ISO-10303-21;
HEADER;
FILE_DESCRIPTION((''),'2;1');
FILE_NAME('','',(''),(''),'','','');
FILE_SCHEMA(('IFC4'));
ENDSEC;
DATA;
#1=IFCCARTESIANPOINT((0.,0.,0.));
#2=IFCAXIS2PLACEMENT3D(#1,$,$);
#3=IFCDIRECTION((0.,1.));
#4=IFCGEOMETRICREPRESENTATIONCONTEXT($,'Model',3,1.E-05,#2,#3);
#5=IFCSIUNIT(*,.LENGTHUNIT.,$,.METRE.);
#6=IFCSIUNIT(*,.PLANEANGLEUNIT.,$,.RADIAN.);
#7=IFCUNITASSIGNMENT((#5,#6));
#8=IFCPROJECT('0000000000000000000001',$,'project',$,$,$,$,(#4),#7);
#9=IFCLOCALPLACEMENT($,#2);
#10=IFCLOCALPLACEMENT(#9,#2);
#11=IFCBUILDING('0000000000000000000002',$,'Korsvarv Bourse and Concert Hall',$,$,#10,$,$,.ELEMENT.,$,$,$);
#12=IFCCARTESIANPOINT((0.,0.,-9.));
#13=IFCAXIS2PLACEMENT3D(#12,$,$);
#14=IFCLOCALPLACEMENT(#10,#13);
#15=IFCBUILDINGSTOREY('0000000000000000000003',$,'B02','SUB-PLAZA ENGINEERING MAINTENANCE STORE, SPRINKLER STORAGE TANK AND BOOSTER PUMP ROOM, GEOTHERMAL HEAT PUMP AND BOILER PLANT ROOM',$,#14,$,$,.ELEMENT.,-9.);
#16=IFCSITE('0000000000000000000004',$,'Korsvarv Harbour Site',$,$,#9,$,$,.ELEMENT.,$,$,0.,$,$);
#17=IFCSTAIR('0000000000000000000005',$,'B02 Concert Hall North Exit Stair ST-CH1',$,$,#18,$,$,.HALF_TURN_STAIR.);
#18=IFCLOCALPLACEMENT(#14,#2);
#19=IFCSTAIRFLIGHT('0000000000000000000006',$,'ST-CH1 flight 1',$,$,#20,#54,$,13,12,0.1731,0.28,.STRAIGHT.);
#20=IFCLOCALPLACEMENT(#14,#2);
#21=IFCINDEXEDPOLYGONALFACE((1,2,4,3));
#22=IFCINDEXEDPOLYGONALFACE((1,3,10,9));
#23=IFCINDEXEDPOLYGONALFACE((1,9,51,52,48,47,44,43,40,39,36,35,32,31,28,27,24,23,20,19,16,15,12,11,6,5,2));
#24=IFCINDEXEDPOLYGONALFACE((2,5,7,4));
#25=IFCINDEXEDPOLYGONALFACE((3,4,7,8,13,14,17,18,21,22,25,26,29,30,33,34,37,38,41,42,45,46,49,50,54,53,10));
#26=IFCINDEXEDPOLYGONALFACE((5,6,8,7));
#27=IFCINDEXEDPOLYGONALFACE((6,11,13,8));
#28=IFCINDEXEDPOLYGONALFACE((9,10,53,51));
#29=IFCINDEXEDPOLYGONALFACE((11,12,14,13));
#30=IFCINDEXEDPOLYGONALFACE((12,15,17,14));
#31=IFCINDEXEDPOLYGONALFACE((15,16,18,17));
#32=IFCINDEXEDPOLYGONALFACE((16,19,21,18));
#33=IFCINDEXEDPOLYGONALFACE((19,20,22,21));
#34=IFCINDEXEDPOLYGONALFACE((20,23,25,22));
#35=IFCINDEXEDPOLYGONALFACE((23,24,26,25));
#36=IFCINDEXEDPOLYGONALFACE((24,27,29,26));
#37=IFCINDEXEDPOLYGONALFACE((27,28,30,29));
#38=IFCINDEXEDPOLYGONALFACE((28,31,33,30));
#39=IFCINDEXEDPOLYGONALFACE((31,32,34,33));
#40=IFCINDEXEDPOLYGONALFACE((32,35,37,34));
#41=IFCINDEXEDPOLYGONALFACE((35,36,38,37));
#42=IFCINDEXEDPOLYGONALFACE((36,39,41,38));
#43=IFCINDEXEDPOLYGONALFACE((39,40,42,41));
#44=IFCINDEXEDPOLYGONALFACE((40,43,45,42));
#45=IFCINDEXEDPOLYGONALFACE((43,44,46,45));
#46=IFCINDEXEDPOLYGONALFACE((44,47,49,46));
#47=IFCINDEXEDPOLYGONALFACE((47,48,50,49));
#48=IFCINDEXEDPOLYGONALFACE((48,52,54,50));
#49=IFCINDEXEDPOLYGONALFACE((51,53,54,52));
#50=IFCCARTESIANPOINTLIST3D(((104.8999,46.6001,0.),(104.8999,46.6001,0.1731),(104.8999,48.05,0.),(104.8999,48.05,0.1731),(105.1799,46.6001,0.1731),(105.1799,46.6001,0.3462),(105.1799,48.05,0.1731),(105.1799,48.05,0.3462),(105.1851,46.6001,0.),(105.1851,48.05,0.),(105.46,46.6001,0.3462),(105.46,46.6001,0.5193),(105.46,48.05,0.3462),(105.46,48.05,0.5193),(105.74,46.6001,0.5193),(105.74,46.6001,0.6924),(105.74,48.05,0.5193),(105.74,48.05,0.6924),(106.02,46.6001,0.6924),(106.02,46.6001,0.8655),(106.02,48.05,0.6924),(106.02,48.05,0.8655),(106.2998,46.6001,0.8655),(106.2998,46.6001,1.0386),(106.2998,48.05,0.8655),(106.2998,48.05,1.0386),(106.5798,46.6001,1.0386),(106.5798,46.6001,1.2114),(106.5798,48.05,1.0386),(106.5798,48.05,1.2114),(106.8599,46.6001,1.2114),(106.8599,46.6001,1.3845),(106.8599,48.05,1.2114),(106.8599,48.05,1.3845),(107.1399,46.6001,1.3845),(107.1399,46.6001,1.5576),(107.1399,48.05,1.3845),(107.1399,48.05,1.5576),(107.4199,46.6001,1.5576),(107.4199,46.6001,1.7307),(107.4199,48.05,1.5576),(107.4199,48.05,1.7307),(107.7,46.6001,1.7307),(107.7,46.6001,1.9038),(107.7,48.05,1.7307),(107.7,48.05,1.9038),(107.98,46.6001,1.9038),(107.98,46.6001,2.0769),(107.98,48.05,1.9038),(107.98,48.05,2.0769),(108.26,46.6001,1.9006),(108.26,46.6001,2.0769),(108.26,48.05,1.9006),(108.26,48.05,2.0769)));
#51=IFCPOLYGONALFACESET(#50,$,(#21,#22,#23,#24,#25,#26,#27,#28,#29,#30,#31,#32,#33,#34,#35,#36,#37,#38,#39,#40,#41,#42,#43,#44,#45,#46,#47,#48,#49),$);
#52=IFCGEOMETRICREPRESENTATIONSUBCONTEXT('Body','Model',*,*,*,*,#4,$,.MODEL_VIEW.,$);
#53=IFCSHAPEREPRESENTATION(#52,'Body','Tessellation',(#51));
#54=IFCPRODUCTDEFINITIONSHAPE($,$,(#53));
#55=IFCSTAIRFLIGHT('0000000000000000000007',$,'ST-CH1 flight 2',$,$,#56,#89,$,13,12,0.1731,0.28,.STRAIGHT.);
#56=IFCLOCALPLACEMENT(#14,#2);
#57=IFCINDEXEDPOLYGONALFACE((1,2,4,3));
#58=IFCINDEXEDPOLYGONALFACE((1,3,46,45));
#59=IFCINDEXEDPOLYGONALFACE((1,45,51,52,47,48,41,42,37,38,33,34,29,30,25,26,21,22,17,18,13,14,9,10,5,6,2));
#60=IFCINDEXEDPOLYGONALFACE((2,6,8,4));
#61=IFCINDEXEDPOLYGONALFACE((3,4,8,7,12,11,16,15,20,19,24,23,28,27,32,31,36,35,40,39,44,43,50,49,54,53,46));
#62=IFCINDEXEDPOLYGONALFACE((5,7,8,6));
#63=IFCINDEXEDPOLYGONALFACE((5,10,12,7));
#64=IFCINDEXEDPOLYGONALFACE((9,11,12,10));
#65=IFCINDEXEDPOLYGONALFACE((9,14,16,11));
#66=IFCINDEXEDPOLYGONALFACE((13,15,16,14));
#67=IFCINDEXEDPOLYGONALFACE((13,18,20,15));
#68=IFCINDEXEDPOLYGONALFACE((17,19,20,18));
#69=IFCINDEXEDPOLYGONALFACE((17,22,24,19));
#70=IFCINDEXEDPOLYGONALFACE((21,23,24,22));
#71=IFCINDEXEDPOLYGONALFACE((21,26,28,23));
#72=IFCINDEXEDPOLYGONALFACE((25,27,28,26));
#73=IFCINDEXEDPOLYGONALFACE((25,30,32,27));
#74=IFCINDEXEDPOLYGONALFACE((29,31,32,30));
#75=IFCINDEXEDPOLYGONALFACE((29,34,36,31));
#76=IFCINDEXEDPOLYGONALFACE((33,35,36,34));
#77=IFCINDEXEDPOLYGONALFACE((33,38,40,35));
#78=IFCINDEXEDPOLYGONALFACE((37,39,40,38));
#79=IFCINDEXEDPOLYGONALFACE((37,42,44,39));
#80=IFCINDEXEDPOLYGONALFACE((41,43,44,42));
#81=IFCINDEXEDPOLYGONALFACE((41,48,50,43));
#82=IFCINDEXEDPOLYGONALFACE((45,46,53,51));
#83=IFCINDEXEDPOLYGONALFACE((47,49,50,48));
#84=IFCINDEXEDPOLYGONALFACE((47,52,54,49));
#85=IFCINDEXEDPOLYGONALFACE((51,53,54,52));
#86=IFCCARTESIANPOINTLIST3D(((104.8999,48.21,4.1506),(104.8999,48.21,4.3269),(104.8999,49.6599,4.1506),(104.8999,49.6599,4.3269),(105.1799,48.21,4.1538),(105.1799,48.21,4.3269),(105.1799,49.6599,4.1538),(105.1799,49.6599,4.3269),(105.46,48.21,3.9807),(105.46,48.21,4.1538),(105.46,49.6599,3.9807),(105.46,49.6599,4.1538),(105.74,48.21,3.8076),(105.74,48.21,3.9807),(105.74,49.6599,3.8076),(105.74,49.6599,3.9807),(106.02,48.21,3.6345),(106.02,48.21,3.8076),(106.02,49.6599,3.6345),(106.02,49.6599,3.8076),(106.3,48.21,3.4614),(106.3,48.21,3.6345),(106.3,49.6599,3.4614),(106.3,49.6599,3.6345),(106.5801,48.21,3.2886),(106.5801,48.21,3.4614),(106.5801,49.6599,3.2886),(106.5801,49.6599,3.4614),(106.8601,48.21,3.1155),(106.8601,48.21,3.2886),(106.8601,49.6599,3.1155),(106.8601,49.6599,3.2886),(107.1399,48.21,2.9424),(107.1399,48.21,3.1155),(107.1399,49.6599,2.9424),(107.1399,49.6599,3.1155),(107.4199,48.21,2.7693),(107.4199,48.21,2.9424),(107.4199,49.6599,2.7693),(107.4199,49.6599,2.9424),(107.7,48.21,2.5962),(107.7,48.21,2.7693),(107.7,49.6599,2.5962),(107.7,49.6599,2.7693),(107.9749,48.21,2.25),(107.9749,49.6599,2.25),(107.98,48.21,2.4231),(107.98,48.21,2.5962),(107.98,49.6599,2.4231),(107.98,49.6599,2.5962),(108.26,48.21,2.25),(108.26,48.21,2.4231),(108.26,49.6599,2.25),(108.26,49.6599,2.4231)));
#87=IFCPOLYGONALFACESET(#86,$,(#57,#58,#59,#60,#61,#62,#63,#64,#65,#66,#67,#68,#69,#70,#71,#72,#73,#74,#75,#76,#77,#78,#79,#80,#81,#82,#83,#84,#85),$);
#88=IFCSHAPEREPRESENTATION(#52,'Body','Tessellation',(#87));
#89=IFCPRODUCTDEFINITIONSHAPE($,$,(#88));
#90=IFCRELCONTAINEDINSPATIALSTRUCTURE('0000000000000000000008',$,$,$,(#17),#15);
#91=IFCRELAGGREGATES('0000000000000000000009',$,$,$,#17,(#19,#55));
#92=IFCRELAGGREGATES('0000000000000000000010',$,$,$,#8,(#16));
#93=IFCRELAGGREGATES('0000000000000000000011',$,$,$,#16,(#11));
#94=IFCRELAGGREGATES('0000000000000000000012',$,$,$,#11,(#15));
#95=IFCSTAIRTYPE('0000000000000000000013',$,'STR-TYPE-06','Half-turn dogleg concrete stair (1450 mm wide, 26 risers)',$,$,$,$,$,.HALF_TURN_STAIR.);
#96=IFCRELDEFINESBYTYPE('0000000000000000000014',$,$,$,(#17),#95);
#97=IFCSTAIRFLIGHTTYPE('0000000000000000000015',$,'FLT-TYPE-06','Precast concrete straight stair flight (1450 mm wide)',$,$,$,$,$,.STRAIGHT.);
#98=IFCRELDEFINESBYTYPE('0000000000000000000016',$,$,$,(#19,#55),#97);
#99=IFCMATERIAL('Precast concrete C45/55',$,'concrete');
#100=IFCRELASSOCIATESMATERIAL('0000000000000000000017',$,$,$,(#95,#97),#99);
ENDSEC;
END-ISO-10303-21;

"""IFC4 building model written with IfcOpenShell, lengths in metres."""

from ifc_helpers import new_model, si_unit, direction, frame, origin, place, context, subcontext, project, spatial, polyline, outline, extrude, material, type_object, element, aggregate, save


model = new_model("IFC4")

# Units and contexts
model_context = context("Model", 3, precision=1e-05, world=origin(), true_north=direction((0.0, 1.0)))
body_context = subcontext(model_context, "Body", "Model", "MODEL_VIEW")
ifc_project = project(units=[si_unit("LENGTHUNIT", "METRE"), si_unit("PLANEANGLEUNIT", "RADIAN")], contexts=[model_context])

# Site, building, storey
site_placement = place(None, origin())
site = spatial("IfcSite", under=ifc_project, at=site_placement, Name="Korsvarv Harbour Site", CompositionType="ELEMENT", RefElevation=0.0)
building_placement = place(site_placement, origin())
building = spatial("IfcBuilding", under=site, at=building_placement, Name="Korsvarv Bourse and Concert Hall", CompositionType="ELEMENT")
storey_placement = place(building_placement, frame((0.0, 0.0, -9.0)))
storey = spatial("IfcBuildingStorey", under=building, at=storey_placement, Name="B02", Description="SUB-PLAZA ENGINEERING MAINTENANCE STORE, SPRINKLER STORAGE TANK AND BOOSTER PUMP ROOM, GEOTHERMAL HEAT PUMP AND BOILER PLANT ROOM", CompositionType="ELEMENT", Elevation=-9.0)

# Stair, stair flights
ifc_material_1 = material(Name="Precast concrete C45/55", Category="concrete")
stair_type = type_object("IfcStairType", Name="STR-TYPE-06", Description="Half-turn dogleg concrete stair (1450 mm wide, 26 risers)", PredefinedType="HALF_TURN_STAIR", material=ifc_material_1)
stair_placement = place(storey_placement, origin())
stair = element("IfcStair", 1, at=stair_placement, inside=storey, type_object=stair_type, Name="B02 Concert Hall North Exit Stair ST-CH1", PredefinedType="HALF_TURN_STAIR")
stair_flight_type = type_object("IfcStairFlightType", Name="FLT-TYPE-06", Description="Precast concrete straight stair flight (1450 mm wide)", PredefinedType="STRAIGHT", material=ifc_material_1)
stair_flight_1_placement = place(storey_placement, frame((104.8999, 47.325, 0.0), z_axis=(0.0, 0.0, 1.0), x_axis=(1.0, 0.0, 0.0)))
stair_flight_1 = element("IfcStairFlight", 2, at=stair_flight_1_placement, type_object=stair_flight_type, Name="ST-CH1 flight 1", NumberOfRisers=13, NumberOfTreads=12, PredefinedType="STRAIGHT", RiserHeight=0.1731, TreadLength=0.28, context=body_context, shape_type="SweptSolid", body=[
    extrude(outline(polyline([(0.0, 0.0), (0.0, 0.1731), (0.28, 0.1731), (0.28, 0.3462), (0.5601, 0.3462), (0.5601, 0.5193), (0.8401, 0.5193), (0.8401, 0.6924), (1.1201, 0.6924), (1.1201, 0.8655), (1.3999, 0.8655), (1.3999, 1.0386), (1.6799, 1.0386), (1.6799, 1.2114), (1.96, 1.2114), (1.96, 1.3845), (2.24, 1.3845), (2.24, 1.5576), (2.52, 1.5576), (2.52, 1.7307), (2.8, 1.7307), (2.8, 1.9038), (3.0801, 1.9038), (3.0801, 2.0769), (3.3601, 2.0769), (3.3601, 2.25), (3.3601, 1.9006), (0.2852, 0.0), (0.0, 0.0)])), frame((0.0, 0.7251, 0.0), z_axis=(0.0, -1.0, 0.0), x_axis=(1.0, 0.0, 0.0)), (0.0, 0.0, 1.0), 1.45),
])
stair_flight_2_placement = place(storey_placement, frame((108.26, 48.9351, 2.25), z_axis=(0.0, 0.0, 1.0), x_axis=(-1.0, 0.0, 0.0)))
stair_flight_2 = element("IfcStairFlight", 3, at=stair_flight_2_placement, type_object=stair_flight_type, Name="ST-CH1 flight 2", NumberOfRisers=13, NumberOfTreads=12, PredefinedType="STRAIGHT", RiserHeight=0.1731, TreadLength=0.28, context=body_context, shape_type="SweptSolid", body=[
    extrude(outline(polyline([(0.0, 0.0), (0.0, 0.1731), (0.28, 0.1731), (0.28, 0.3462), (0.5601, 0.3462), (0.5601, 0.5193), (0.8401, 0.5193), (0.8401, 0.6924), (1.1201, 0.6924), (1.1201, 0.8655), (1.3999, 0.8655), (1.3999, 1.0386), (1.6799, 1.0386), (1.6799, 1.2114), (1.96, 1.2114), (1.96, 1.3845), (2.24, 1.3845), (2.24, 1.5576), (2.52, 1.5576), (2.52, 1.7307), (2.8, 1.7307), (2.8, 1.9038), (3.0801, 1.9038), (3.0801, 2.0769), (3.3601, 2.0769), (3.3601, 2.25), (3.3601, 1.9006), (0.2852, 0.0), (0.0, 0.0)])), frame((0.0, 0.7251, 0.0), z_axis=(0.0, -1.0, 0.0), x_axis=(1.0, 0.0, 0.0)), (0.0, 0.0, 1.0), 1.45),
])
aggregate(stair, [stair_flight_1, stair_flight_2])

save(model, "model.ifc")
